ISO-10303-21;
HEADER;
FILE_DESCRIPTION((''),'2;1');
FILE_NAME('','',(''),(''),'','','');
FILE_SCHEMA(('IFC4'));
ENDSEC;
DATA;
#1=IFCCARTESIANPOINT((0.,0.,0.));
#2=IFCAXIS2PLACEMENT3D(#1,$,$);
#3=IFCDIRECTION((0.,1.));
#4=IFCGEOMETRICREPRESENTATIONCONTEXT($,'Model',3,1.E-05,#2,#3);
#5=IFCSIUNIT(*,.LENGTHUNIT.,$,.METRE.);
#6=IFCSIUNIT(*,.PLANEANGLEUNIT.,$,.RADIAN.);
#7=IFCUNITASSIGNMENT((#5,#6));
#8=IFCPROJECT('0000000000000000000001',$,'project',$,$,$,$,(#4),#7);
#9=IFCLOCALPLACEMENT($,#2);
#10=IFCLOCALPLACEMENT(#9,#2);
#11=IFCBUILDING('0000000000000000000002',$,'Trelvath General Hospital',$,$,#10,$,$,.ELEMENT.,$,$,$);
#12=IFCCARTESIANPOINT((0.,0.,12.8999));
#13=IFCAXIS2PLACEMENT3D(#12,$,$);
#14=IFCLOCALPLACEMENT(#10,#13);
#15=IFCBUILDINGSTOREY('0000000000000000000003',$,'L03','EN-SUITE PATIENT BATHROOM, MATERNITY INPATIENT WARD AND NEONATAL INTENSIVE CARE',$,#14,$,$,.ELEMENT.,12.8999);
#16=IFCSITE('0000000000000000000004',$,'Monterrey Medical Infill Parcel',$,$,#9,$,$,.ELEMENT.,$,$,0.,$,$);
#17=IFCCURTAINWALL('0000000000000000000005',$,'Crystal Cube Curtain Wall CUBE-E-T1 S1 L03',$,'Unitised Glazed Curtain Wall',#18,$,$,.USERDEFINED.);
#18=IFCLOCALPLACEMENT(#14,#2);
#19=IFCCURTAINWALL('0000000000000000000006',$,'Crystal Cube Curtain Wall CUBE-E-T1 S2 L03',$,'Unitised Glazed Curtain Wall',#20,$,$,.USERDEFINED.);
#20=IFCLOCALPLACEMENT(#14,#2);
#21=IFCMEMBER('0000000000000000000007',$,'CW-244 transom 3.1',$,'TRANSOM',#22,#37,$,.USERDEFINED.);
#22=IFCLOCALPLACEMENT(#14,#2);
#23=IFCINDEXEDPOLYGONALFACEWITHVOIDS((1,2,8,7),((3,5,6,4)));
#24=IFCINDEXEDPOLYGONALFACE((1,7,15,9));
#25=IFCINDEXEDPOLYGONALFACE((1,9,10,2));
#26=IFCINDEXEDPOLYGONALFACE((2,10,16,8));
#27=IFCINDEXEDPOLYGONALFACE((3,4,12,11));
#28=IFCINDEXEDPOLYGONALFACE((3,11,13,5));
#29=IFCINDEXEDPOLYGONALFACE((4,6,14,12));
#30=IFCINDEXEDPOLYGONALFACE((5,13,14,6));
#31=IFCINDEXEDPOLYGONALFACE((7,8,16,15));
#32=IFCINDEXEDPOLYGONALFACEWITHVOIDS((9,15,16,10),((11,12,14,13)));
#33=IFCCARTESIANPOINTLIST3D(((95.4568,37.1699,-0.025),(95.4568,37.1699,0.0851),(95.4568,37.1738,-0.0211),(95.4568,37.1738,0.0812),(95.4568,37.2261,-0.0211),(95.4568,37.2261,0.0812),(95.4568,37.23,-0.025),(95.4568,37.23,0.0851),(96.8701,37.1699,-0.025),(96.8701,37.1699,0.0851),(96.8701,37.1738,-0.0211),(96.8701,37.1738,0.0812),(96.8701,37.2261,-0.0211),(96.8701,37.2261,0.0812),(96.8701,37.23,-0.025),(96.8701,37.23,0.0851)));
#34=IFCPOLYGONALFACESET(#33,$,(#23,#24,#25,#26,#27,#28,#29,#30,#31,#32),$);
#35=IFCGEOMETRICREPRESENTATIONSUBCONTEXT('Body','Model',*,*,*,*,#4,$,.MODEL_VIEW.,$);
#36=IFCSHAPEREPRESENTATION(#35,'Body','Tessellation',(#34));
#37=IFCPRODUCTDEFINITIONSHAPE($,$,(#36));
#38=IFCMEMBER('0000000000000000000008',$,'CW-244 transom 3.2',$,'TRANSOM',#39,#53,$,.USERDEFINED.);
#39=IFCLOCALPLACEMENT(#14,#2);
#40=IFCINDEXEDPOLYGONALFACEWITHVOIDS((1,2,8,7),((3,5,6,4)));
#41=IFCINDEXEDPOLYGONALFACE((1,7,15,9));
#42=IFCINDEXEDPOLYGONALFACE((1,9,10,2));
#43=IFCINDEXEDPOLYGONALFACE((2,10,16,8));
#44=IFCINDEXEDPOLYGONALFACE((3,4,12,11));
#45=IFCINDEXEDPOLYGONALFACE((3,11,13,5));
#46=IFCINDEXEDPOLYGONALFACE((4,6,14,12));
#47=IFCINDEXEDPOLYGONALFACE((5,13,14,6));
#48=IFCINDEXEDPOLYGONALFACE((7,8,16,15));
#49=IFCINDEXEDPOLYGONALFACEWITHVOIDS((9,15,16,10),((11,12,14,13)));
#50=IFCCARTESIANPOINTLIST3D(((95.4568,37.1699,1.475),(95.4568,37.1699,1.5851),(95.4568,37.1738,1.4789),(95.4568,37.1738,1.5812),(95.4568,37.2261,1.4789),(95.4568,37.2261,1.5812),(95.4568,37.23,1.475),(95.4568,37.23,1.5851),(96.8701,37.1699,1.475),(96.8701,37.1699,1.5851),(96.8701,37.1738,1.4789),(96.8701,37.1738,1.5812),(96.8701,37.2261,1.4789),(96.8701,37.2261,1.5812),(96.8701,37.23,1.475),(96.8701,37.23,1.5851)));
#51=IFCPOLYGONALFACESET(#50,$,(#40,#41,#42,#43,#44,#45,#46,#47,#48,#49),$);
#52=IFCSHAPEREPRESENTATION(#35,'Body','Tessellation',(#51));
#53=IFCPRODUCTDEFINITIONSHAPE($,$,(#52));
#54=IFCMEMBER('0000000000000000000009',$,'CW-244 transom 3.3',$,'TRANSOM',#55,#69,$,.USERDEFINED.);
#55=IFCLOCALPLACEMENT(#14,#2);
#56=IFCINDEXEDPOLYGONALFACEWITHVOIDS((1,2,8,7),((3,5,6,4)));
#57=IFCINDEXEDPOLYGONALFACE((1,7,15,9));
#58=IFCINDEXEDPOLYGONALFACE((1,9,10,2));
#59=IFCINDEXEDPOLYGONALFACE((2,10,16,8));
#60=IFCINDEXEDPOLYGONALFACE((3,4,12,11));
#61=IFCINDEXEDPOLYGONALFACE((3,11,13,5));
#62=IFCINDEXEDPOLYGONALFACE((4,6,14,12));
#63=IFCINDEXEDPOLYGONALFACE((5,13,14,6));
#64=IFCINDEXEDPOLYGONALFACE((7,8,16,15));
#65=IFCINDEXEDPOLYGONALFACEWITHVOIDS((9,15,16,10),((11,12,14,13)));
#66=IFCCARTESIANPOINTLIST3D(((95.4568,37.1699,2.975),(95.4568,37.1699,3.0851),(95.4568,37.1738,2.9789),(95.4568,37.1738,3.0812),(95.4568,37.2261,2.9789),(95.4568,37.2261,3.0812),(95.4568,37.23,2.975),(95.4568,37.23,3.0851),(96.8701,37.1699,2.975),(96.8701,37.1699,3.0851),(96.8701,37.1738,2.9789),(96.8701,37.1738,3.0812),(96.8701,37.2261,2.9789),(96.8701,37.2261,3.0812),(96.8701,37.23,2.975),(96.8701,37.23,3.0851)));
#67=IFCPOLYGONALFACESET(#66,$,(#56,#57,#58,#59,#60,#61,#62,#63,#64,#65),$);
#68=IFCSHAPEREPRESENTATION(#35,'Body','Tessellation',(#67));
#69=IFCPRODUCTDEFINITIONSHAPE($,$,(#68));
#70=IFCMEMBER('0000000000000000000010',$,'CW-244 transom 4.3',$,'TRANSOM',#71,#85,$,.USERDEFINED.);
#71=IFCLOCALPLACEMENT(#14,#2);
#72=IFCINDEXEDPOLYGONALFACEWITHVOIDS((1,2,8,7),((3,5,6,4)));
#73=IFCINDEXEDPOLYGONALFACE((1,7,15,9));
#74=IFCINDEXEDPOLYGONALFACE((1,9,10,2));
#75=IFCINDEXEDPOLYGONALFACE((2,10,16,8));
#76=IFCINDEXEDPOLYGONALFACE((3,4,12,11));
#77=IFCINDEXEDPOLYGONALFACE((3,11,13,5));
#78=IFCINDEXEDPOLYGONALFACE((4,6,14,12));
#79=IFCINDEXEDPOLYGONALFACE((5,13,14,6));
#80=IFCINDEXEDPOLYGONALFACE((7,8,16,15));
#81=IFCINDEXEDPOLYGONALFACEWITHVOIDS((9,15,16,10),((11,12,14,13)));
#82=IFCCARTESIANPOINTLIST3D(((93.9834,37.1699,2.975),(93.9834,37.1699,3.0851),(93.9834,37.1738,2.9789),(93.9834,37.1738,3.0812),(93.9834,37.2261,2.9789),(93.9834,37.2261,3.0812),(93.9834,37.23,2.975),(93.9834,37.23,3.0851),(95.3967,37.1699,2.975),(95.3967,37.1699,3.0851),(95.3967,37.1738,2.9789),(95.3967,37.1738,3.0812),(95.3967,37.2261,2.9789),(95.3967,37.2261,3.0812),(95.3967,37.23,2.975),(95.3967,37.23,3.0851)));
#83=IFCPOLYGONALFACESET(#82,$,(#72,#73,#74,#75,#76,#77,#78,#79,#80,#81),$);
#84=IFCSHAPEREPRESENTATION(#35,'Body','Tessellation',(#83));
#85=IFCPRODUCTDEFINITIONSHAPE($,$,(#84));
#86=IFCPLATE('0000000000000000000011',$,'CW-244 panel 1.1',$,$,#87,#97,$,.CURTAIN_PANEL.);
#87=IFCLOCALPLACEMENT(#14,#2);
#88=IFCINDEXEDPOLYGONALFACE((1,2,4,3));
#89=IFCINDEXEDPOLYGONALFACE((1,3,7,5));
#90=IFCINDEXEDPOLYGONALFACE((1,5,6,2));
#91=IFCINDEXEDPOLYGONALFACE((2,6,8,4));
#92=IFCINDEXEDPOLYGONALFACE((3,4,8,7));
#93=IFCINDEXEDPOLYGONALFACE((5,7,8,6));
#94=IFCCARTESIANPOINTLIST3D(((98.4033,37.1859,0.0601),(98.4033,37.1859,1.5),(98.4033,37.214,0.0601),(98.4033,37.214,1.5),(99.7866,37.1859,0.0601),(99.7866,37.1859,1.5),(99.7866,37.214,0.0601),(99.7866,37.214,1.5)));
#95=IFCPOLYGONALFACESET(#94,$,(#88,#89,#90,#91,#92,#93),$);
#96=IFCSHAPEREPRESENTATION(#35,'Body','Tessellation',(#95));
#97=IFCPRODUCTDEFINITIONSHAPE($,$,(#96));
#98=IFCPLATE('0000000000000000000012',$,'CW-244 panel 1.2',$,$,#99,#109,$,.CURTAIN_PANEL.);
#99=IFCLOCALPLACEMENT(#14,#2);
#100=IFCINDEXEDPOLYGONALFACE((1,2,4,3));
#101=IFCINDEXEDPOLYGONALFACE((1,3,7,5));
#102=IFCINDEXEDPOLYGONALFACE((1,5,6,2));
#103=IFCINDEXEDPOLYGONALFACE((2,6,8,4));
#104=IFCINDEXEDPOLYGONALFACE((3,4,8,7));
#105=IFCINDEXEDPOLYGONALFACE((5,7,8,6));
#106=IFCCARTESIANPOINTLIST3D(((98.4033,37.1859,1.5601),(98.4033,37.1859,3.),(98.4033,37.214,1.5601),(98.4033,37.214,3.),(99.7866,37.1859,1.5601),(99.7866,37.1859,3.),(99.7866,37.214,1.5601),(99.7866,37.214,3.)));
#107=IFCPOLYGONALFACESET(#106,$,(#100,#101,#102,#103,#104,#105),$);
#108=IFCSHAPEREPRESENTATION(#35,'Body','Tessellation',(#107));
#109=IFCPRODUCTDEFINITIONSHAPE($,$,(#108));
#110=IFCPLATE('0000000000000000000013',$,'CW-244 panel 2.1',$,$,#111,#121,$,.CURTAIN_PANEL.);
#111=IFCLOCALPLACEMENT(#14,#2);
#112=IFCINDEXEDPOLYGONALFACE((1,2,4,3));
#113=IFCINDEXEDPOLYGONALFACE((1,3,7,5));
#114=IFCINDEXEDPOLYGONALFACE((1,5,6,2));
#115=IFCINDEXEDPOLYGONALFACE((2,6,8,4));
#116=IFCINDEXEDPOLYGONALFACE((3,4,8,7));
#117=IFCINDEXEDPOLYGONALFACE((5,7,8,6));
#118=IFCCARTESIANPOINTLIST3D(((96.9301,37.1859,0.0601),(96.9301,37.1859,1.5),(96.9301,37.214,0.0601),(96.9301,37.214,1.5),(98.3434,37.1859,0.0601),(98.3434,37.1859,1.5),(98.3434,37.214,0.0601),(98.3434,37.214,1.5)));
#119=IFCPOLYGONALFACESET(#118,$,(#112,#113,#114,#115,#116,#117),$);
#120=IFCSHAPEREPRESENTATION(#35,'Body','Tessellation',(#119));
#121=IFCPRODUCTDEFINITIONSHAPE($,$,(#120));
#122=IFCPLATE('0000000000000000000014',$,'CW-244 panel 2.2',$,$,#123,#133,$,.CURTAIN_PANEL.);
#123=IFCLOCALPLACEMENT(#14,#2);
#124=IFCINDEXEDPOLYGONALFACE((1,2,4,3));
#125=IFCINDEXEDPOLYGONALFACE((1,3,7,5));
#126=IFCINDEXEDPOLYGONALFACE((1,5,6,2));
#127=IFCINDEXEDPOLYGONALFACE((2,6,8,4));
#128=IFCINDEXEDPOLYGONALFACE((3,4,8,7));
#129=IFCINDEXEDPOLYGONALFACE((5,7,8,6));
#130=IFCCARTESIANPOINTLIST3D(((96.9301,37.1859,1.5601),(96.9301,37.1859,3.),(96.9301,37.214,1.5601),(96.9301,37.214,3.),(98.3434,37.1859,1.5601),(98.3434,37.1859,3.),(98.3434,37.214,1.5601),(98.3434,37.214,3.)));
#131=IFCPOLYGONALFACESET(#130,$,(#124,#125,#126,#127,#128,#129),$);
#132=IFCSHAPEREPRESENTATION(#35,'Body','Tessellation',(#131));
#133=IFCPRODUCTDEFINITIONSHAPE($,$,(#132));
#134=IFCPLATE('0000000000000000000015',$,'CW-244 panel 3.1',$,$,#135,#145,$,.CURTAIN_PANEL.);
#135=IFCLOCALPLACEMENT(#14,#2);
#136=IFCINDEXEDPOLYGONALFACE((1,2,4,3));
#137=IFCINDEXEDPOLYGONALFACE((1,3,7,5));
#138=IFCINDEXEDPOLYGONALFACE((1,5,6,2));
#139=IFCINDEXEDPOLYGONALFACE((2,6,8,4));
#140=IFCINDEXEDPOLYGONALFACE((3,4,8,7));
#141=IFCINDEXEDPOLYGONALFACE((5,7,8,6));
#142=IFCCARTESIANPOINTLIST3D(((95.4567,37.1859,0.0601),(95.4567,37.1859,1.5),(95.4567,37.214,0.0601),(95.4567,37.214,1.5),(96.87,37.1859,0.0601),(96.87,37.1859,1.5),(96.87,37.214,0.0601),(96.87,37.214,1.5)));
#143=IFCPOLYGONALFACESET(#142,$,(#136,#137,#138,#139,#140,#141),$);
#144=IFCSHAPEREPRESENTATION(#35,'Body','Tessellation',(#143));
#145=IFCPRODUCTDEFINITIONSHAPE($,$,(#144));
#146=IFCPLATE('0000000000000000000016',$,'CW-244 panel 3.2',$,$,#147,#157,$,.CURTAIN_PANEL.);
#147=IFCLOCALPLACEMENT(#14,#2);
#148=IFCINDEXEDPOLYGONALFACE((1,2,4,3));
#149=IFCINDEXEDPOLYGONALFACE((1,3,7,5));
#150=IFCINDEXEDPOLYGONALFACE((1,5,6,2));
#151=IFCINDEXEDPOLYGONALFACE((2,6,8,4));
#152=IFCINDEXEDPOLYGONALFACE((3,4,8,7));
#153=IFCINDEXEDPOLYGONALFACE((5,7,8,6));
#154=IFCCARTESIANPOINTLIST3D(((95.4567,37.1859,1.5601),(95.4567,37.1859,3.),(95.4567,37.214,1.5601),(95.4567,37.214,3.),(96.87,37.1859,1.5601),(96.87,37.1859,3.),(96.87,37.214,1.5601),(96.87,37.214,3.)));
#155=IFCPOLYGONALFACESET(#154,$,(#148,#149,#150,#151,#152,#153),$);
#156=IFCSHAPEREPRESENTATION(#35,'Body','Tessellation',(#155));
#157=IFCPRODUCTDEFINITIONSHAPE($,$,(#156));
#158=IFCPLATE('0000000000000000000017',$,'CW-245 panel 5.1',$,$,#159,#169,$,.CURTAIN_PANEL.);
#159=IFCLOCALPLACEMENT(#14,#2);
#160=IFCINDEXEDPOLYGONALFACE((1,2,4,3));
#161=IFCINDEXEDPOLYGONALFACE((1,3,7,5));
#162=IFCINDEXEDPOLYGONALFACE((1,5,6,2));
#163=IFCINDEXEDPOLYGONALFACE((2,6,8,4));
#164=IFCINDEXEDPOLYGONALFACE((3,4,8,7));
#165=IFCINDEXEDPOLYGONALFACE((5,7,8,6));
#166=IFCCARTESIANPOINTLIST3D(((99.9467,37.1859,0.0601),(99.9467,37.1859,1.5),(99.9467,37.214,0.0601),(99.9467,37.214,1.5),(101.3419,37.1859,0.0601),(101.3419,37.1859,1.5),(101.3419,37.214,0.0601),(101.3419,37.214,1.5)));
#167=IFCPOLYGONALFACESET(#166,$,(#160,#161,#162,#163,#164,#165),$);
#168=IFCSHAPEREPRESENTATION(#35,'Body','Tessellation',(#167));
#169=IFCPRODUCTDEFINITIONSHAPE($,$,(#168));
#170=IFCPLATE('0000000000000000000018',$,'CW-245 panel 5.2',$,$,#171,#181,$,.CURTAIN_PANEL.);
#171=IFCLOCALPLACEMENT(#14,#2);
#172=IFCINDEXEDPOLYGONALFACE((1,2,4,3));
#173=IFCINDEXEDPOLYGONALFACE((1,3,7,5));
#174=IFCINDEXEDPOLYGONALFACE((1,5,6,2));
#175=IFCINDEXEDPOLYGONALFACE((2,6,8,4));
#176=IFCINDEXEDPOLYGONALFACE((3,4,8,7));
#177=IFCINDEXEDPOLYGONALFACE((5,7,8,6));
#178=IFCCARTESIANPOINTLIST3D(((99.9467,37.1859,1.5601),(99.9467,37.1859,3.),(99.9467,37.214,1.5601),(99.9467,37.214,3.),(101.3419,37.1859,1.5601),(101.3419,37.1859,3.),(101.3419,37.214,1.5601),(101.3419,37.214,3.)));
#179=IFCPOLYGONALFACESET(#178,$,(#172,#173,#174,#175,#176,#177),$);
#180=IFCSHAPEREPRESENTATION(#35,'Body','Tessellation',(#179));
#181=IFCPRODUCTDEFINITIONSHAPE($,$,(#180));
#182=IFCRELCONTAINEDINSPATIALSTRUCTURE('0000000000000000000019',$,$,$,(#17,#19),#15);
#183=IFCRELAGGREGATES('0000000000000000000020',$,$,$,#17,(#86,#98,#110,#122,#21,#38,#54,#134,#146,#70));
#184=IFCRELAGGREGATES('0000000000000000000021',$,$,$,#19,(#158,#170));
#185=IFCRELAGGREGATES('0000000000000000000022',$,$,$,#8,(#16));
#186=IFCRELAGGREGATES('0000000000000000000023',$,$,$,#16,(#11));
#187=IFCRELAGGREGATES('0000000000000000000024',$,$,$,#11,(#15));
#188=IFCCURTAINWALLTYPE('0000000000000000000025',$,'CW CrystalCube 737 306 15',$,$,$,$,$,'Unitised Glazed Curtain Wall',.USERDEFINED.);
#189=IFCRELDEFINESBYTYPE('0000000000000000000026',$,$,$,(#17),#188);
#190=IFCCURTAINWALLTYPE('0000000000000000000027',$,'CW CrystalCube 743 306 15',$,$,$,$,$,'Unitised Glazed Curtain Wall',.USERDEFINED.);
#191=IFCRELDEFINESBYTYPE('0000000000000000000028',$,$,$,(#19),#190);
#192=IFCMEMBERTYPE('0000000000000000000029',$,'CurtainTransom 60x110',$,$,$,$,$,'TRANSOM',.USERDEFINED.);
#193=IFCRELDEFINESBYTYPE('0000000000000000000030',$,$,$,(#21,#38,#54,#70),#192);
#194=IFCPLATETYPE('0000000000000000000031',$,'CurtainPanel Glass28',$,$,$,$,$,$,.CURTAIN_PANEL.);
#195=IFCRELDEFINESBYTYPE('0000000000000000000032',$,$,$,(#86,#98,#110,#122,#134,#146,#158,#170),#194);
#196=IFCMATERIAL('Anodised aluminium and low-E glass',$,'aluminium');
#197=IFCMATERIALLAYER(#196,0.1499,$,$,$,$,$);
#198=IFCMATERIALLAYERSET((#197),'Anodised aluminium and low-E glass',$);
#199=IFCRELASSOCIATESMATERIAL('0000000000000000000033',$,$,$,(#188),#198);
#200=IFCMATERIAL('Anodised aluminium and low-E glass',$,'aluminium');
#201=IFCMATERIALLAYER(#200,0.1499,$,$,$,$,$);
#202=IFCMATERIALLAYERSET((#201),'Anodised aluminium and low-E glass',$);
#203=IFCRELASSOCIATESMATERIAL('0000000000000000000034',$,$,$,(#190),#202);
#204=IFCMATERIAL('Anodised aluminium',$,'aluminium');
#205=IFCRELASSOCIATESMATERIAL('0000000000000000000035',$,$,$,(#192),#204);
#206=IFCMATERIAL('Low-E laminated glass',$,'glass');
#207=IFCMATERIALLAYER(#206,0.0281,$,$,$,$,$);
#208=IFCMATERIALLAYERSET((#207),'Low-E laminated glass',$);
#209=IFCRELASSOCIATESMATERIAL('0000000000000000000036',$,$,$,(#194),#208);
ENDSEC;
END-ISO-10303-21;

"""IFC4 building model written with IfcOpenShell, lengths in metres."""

from ifc_helpers import new_model, si_unit, direction, frame, origin, origin_2d, place, context, subcontext, project, spatial, rectangle, hollow_rectangle, extrude, material, layer, layer_set, material_profile, profile_set, type_object, element, aggregate, save


model = new_model("IFC4")

# Units and contexts
model_context = context("Model", 3, precision=1e-05, world=origin(), true_north=direction((0.0, 1.0)))
body_context = subcontext(model_context, "Body", "Model", "MODEL_VIEW")
ifc_project = project(units=[si_unit("LENGTHUNIT", "METRE"), si_unit("PLANEANGLEUNIT", "RADIAN")], contexts=[model_context])

# Site, building, storey
site_placement = place(None, origin())
site = spatial("IfcSite", under=ifc_project, at=site_placement, Name="Monterrey Medical Infill Parcel", CompositionType="ELEMENT", RefElevation=0.0)
building_placement = place(site_placement, origin())
building = spatial("IfcBuilding", under=site, at=building_placement, Name="Trelvath General Hospital", CompositionType="ELEMENT")
storey_placement = place(building_placement, frame((0.0, 0.0, 12.8999)))
storey = spatial("IfcBuildingStorey", under=building, at=storey_placement, Name="L03", Description="EN-SUITE PATIENT BATHROOM, MATERNITY INPATIENT WARD AND NEONATAL INTENSIVE CARE", CompositionType="ELEMENT", Elevation=12.8999)

# Curtain wall
ifc_material_1 = material(Name="Anodised aluminium and low-E glass", Category="aluminium")
ifc_layer_1 = layer(ifc_material_1, 0.1499)
ifc_layer_set_1 = layer_set([ifc_layer_1], Name="Anodised aluminium and low-E glass")
curtain_wall_type_1 = type_object("IfcCurtainWallType", Name="CW CrystalCube 737 306 15", ElementType="Unitised Glazed Curtain Wall", PredefinedType="USERDEFINED", material=ifc_layer_set_1)
curtain_wall_1_placement = place(storey_placement, origin())
curtain_wall_1 = element("IfcCurtainWall", 1, at=curtain_wall_1_placement, inside=storey, type_object=curtain_wall_type_1, Name="Crystal Cube Curtain Wall CUBE-E-T1 S1 L03", ObjectType="Unitised Glazed Curtain Wall", PredefinedType="USERDEFINED")

# Curtain wall
ifc_material_2 = material(Name="Anodised aluminium and low-E glass", Category="aluminium")
ifc_layer_2 = layer(ifc_material_2, 0.1499)
ifc_layer_set_2 = layer_set([ifc_layer_2], Name="Anodised aluminium and low-E glass")
curtain_wall_type_2 = type_object("IfcCurtainWallType", Name="CW CrystalCube 743 306 15", ElementType="Unitised Glazed Curtain Wall", PredefinedType="USERDEFINED", material=ifc_layer_set_2)
curtain_wall_2_placement = place(storey_placement, origin())
curtain_wall_2 = element("IfcCurtainWall", 2, at=curtain_wall_2_placement, inside=storey, type_object=curtain_wall_type_2, Name="Crystal Cube Curtain Wall CUBE-E-T1 S2 L03", ObjectType="Unitised Glazed Curtain Wall", PredefinedType="USERDEFINED")

# Members
ifc_material_3 = material(Name="Anodised aluminium", Category="aluminium")
ifc_material_profile_1 = material_profile(ifc_material_3, hollow_rectangle(XDim=0.0601, YDim=0.1101, WallThickness=0.0039, at=origin_2d()), Name="RHS60x110x4")
ifc_profile_set_1 = profile_set([ifc_material_profile_1], Name="Anodised aluminium")
member_type_1 = type_object("IfcMemberType", Name="CurtainTransom 60x110", ElementType="TRANSOM", PredefinedType="USERDEFINED", material=ifc_profile_set_1)
member_1_placement = place(storey_placement, frame((96.8701, 37.2, 0.03), z_axis=(-1.0, 0.0, 0.0), x_axis=(0.0, -1.0, 0.0)))
member_1 = element("IfcMember", 3, at=member_1_placement, type_object=member_type_1, Name="CW-244 transom 3.1", ObjectType="TRANSOM", PredefinedType="USERDEFINED", context=body_context, shape_type="SweptSolid", body=[
    extrude(hollow_rectangle(XDim=0.0601, YDim=0.1101, WallThickness=0.0039, at=origin_2d()), origin(), (0.0, 0.0, 1.0), 1.4133),
])
member_2_placement = place(storey_placement, frame((96.8701, 37.2, 1.53), z_axis=(-1.0, 0.0, 0.0), x_axis=(0.0, -1.0, 0.0)))
member_2 = element("IfcMember", 4, at=member_2_placement, type_object=member_type_1, Name="CW-244 transom 3.2", ObjectType="TRANSOM", PredefinedType="USERDEFINED", context=body_context, shape_type="SweptSolid", body=[
    extrude(hollow_rectangle(XDim=0.0601, YDim=0.1101, WallThickness=0.0039, at=origin_2d()), origin(), (0.0, 0.0, 1.0), 1.4133),
])
member_3_placement = place(storey_placement, frame((96.8701, 37.2, 3.03), z_axis=(-1.0, 0.0, 0.0), x_axis=(0.0, -1.0, 0.0)))
member_3 = element("IfcMember", 5, at=member_3_placement, type_object=member_type_1, Name="CW-244 transom 3.3", ObjectType="TRANSOM", PredefinedType="USERDEFINED", context=body_context, shape_type="SweptSolid", body=[
    extrude(hollow_rectangle(XDim=0.0601, YDim=0.1101, WallThickness=0.0039, at=origin_2d()), origin(), (0.0, 0.0, 1.0), 1.4133),
])
member_4_placement = place(storey_placement, frame((95.3967, 37.2, 3.03), z_axis=(-1.0, 0.0, 0.0), x_axis=(0.0, -1.0, 0.0)))
member_4 = element("IfcMember", 6, at=member_4_placement, type_object=member_type_1, Name="CW-244 transom 4.3", ObjectType="TRANSOM", PredefinedType="USERDEFINED", context=body_context, shape_type="SweptSolid", body=[
    extrude(hollow_rectangle(XDim=0.0601, YDim=0.1101, WallThickness=0.0039, at=origin_2d()), origin(), (0.0, 0.0, 1.0), 1.4133),
])

# Plates
ifc_material_4 = material(Name="Low-E laminated glass", Category="glass")
ifc_layer_3 = layer(ifc_material_4, 0.0281)
ifc_layer_set_3 = layer_set([ifc_layer_3], Name="Low-E laminated glass")
plate_type = type_object("IfcPlateType", Name="CurtainPanel Glass28", PredefinedType="CURTAIN_PANEL", material=ifc_layer_set_3)
plate_1_placement = place(storey_placement, frame((99.095, 37.2, 0.0601), z_axis=(0.0, 0.0, 1.0), x_axis=(-1.0, 0.0, 0.0)))
plate_1 = element("IfcPlate", 7, at=plate_1_placement, type_object=plate_type, Name="CW-244 panel 1.1", PredefinedType="CURTAIN_PANEL", context=body_context, shape_type="SweptSolid", body=[
    extrude(rectangle(XDim=1.3833, YDim=0.0281, at=origin_2d()), origin(), (0.0, 0.0, 1.0), 1.4399),
])
plate_2_placement = place(storey_placement, frame((99.095, 37.2, 1.5601), z_axis=(0.0, 0.0, 1.0), x_axis=(-1.0, 0.0, 0.0)))
plate_2 = element("IfcPlate", 8, at=plate_2_placement, type_object=plate_type, Name="CW-244 panel 1.2", PredefinedType="CURTAIN_PANEL", context=body_context, shape_type="SweptSolid", body=[
    extrude(rectangle(XDim=1.3833, YDim=0.0281, at=origin_2d()), origin(), (0.0, 0.0, 1.0), 1.4399),
])
plate_3_placement = place(storey_placement, frame((97.6367, 37.2, 0.0601), z_axis=(0.0, 0.0, 1.0), x_axis=(-1.0, 0.0, 0.0)))
plate_3 = element("IfcPlate", 9, at=plate_3_placement, type_object=plate_type, Name="CW-244 panel 2.1", PredefinedType="CURTAIN_PANEL", context=body_context, shape_type="SweptSolid", body=[
    extrude(rectangle(XDim=1.4133, YDim=0.0281, at=origin_2d()), origin(), (0.0, 0.0, 1.0), 1.4399),
])
plate_4_placement = place(storey_placement, frame((97.6367, 37.2, 1.5601), z_axis=(0.0, 0.0, 1.0), x_axis=(-1.0, 0.0, 0.0)))
plate_4 = element("IfcPlate", 10, at=plate_4_placement, type_object=plate_type, Name="CW-244 panel 2.2", PredefinedType="CURTAIN_PANEL", context=body_context, shape_type="SweptSolid", body=[
    extrude(rectangle(XDim=1.4133, YDim=0.0281, at=origin_2d()), origin(), (0.0, 0.0, 1.0), 1.4399),
])
plate_5_placement = place(storey_placement, frame((96.1633, 37.2, 0.0601), z_axis=(0.0, 0.0, 1.0), x_axis=(-1.0, 0.0, 0.0)))
plate_5 = element("IfcPlate", 11, at=plate_5_placement, type_object=plate_type, Name="CW-244 panel 3.1", PredefinedType="CURTAIN_PANEL", context=body_context, shape_type="SweptSolid", body=[
    extrude(rectangle(XDim=1.4133, YDim=0.0281, at=origin_2d()), origin(), (0.0, 0.0, 1.0), 1.4399),
])
plate_6_placement = place(storey_placement, frame((96.1633, 37.2, 1.5601), z_axis=(0.0, 0.0, 1.0), x_axis=(-1.0, 0.0, 0.0)))
plate_6 = element("IfcPlate", 12, at=plate_6_placement, type_object=plate_type, Name="CW-244 panel 3.2", PredefinedType="CURTAIN_PANEL", context=body_context, shape_type="SweptSolid", body=[
    extrude(rectangle(XDim=1.4133, YDim=0.0281, at=origin_2d()), origin(), (0.0, 0.0, 1.0), 1.4399),
])
aggregate(curtain_wall_1, [plate_1, plate_2, plate_3, plate_4, member_1, member_2, member_3, plate_5, plate_6, member_4])
plate_7_placement = place(storey_placement, frame((100.6443, 37.2, 0.0601), z_axis=(0.0, 0.0, 1.0), x_axis=(-1.0, 0.0, 0.0)))
plate_7 = element("IfcPlate", 13, at=plate_7_placement, type_object=plate_type, Name="CW-245 panel 5.1", PredefinedType="CURTAIN_PANEL", context=body_context, shape_type="SweptSolid", body=[
    extrude(rectangle(XDim=1.3953, YDim=0.0281, at=origin_2d()), origin(), (0.0, 0.0, 1.0), 1.4399),
])
plate_8_placement = place(storey_placement, frame((100.6443, 37.2, 1.5601), z_axis=(0.0, 0.0, 1.0), x_axis=(-1.0, 0.0, 0.0)))
plate_8 = element("IfcPlate", 14, at=plate_8_placement, type_object=plate_type, Name="CW-245 panel 5.2", PredefinedType="CURTAIN_PANEL", context=body_context, shape_type="SweptSolid", body=[
    extrude(rectangle(XDim=1.3953, YDim=0.0281, at=origin_2d()), origin(), (0.0, 0.0, 1.0), 1.4399),
])
aggregate(curtain_wall_2, [plate_7, plate_8])

save(model, "model.ifc")
